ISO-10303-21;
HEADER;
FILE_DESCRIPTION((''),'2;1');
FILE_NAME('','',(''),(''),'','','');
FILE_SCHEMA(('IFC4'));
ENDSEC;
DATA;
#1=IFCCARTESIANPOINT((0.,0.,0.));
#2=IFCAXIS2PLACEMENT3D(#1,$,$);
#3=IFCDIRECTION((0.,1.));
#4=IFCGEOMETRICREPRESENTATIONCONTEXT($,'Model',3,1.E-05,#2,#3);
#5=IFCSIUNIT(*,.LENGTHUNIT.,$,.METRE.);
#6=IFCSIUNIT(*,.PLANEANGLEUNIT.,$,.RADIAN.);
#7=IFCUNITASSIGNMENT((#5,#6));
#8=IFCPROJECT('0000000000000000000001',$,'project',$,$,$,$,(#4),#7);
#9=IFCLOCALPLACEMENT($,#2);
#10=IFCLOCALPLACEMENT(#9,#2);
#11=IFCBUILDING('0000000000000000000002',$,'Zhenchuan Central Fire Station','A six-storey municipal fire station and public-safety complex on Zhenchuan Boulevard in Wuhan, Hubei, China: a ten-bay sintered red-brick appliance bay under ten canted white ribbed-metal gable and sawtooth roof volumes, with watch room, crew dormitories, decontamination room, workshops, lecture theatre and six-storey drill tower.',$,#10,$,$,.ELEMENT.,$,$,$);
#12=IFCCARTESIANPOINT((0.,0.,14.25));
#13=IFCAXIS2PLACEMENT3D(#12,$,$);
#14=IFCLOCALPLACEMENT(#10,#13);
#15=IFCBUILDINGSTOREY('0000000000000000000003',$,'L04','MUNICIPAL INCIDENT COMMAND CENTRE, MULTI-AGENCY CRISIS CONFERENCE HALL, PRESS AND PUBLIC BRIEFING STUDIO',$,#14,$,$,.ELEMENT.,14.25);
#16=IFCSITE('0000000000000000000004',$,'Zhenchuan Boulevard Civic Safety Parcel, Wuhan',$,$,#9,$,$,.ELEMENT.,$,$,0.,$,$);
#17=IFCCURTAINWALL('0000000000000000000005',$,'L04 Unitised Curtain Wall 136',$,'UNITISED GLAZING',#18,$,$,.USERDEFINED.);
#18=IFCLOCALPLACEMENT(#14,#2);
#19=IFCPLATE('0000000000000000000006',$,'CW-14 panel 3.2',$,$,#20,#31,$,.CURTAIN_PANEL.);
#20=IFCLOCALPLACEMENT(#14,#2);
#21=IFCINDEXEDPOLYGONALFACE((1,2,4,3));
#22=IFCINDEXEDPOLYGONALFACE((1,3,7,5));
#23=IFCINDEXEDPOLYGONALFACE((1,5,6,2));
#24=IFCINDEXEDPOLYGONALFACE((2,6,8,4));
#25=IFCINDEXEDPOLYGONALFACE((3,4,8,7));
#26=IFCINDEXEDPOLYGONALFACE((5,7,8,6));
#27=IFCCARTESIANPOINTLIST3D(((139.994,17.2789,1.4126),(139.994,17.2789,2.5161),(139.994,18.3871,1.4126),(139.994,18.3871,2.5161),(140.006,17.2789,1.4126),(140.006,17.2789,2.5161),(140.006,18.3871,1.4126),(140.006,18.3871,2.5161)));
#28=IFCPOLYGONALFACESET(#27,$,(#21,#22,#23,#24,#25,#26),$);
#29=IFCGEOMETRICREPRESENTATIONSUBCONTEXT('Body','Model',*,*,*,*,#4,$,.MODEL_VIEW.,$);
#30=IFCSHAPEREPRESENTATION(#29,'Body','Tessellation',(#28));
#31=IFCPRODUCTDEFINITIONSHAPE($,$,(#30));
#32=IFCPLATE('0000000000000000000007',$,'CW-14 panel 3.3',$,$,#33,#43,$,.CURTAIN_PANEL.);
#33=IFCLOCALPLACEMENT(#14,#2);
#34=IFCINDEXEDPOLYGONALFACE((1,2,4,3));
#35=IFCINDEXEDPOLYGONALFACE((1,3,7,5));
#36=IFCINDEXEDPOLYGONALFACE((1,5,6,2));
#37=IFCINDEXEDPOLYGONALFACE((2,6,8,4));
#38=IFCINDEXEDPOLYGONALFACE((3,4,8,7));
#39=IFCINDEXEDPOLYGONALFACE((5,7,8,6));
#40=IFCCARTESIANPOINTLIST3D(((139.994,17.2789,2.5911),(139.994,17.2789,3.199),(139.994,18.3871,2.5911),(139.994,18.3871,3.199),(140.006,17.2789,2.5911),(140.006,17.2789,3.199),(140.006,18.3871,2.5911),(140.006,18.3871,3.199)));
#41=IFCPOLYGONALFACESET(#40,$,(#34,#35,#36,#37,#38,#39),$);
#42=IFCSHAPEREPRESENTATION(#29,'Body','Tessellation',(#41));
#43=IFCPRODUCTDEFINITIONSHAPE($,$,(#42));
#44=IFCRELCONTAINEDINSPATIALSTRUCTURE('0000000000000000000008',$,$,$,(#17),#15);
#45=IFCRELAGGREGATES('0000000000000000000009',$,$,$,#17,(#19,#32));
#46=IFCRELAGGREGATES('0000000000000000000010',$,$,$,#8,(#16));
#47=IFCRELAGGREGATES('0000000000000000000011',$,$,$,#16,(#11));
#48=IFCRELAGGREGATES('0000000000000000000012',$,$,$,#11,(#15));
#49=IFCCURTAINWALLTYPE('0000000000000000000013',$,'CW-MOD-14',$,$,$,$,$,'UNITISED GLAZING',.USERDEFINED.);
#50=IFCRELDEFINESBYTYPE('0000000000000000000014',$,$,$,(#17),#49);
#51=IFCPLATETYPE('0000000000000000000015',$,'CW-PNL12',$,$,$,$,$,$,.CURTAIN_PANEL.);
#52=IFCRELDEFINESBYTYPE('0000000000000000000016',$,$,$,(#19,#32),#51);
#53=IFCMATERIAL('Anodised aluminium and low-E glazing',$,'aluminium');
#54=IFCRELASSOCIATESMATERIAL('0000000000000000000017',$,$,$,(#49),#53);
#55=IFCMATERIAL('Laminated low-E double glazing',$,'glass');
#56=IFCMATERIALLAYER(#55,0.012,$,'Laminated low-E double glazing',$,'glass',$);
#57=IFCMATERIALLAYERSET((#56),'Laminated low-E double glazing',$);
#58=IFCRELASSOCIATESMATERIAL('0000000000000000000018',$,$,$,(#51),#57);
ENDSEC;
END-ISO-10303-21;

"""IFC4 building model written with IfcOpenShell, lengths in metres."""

from ifc_helpers import new_model, si_unit, direction, frame, origin, origin_2d, place, context, subcontext, project, spatial, rectangle, extrude, material, layer, layer_set, type_object, element, aggregate, save


model = new_model("IFC4")

# Units and contexts
model_context = context("Model", 3, precision=1e-05, world=origin(), true_north=direction((0.0, 1.0)))
body_context = subcontext(model_context, "Body", "Model", "MODEL_VIEW")
ifc_project = project(units=[si_unit("LENGTHUNIT", "METRE"), si_unit("PLANEANGLEUNIT", "RADIAN")], contexts=[model_context])

# Site, building, storey
site_placement = place(None, origin())
site = spatial("IfcSite", under=ifc_project, at=site_placement, Name="Zhenchuan Boulevard Civic Safety Parcel, Wuhan", CompositionType="ELEMENT", RefElevation=0.0)
building_placement = place(site_placement, origin())
building = spatial("IfcBuilding", under=site, at=building_placement, Name="Zhenchuan Central Fire Station", Description="A six-storey municipal fire station and public-safety complex on Zhenchuan Boulevard in Wuhan, Hubei, China: a ten-bay sintered red-brick appliance bay under ten canted white ribbed-metal gable and sawtooth roof volumes, with watch room, crew dormitories, decontamination room, workshops, lecture theatre and six-storey drill tower.", CompositionType="ELEMENT")
storey_placement = place(building_placement, frame((0.0, 0.0, 14.25)))
storey = spatial("IfcBuildingStorey", under=building, at=storey_placement, Name="L04", Description="MUNICIPAL INCIDENT COMMAND CENTRE, MULTI-AGENCY CRISIS CONFERENCE HALL, PRESS AND PUBLIC BRIEFING STUDIO", CompositionType="ELEMENT", Elevation=14.25)

# Curtain wall
ifc_material_1 = material(Name="Anodised aluminium and low-E glazing", Category="aluminium")
curtain_wall_type_1 = type_object("IfcCurtainWallType", Name="CW-MOD-14", ElementType="UNITISED GLAZING", PredefinedType="USERDEFINED", material=ifc_material_1)
curtain_wall_1_placement = place(storey_placement, origin())
curtain_wall_1 = element("IfcCurtainWall", 1, at=curtain_wall_1_placement, inside=storey, type_object=curtain_wall_type_1, Name="L04 Unitised Curtain Wall 136", ObjectType="UNITISED GLAZING", PredefinedType="USERDEFINED")

# Plates
ifc_material_2 = material(Name="Laminated low-E double glazing", Category="glass")
ifc_layer = layer(ifc_material_2, 0.012, Name="Laminated low-E double glazing", Category="glass")
ifc_layer_set = layer_set([ifc_layer], Name="Laminated low-E double glazing")
plate_type = type_object("IfcPlateType", Name="CW-PNL12", PredefinedType="CURTAIN_PANEL", material=ifc_layer_set)
plate_1_placement = place(storey_placement, frame((140.0, 17.833, 1.4126), z_axis=(0.0, 0.0, 1.0), x_axis=(0.0, 1.0, 0.0)))
plate_1 = element("IfcPlate", 2, at=plate_1_placement, type_object=plate_type, Name="CW-14 panel 3.2", PredefinedType="CURTAIN_PANEL", context=body_context, shape_type="SweptSolid", body=[
    extrude(rectangle(XDim=1.1082, YDim=0.012, at=origin_2d()), origin(), (0.0, 0.0, 1.0), 1.1035),
])
plate_2_placement = place(storey_placement, frame((140.0, 17.833, 2.5911), z_axis=(0.0, 0.0, 1.0), x_axis=(0.0, 1.0, 0.0)))
plate_2 = element("IfcPlate", 3, at=plate_2_placement, type_object=plate_type, Name="CW-14 panel 3.3", PredefinedType="CURTAIN_PANEL", context=body_context, shape_type="SweptSolid", body=[
    extrude(rectangle(XDim=1.1082, YDim=0.012, at=origin_2d()), origin(), (0.0, 0.0, 1.0), 0.6079),
])
aggregate(curtain_wall_1, [plate_1, plate_2])

save(model, "model.ifc")
